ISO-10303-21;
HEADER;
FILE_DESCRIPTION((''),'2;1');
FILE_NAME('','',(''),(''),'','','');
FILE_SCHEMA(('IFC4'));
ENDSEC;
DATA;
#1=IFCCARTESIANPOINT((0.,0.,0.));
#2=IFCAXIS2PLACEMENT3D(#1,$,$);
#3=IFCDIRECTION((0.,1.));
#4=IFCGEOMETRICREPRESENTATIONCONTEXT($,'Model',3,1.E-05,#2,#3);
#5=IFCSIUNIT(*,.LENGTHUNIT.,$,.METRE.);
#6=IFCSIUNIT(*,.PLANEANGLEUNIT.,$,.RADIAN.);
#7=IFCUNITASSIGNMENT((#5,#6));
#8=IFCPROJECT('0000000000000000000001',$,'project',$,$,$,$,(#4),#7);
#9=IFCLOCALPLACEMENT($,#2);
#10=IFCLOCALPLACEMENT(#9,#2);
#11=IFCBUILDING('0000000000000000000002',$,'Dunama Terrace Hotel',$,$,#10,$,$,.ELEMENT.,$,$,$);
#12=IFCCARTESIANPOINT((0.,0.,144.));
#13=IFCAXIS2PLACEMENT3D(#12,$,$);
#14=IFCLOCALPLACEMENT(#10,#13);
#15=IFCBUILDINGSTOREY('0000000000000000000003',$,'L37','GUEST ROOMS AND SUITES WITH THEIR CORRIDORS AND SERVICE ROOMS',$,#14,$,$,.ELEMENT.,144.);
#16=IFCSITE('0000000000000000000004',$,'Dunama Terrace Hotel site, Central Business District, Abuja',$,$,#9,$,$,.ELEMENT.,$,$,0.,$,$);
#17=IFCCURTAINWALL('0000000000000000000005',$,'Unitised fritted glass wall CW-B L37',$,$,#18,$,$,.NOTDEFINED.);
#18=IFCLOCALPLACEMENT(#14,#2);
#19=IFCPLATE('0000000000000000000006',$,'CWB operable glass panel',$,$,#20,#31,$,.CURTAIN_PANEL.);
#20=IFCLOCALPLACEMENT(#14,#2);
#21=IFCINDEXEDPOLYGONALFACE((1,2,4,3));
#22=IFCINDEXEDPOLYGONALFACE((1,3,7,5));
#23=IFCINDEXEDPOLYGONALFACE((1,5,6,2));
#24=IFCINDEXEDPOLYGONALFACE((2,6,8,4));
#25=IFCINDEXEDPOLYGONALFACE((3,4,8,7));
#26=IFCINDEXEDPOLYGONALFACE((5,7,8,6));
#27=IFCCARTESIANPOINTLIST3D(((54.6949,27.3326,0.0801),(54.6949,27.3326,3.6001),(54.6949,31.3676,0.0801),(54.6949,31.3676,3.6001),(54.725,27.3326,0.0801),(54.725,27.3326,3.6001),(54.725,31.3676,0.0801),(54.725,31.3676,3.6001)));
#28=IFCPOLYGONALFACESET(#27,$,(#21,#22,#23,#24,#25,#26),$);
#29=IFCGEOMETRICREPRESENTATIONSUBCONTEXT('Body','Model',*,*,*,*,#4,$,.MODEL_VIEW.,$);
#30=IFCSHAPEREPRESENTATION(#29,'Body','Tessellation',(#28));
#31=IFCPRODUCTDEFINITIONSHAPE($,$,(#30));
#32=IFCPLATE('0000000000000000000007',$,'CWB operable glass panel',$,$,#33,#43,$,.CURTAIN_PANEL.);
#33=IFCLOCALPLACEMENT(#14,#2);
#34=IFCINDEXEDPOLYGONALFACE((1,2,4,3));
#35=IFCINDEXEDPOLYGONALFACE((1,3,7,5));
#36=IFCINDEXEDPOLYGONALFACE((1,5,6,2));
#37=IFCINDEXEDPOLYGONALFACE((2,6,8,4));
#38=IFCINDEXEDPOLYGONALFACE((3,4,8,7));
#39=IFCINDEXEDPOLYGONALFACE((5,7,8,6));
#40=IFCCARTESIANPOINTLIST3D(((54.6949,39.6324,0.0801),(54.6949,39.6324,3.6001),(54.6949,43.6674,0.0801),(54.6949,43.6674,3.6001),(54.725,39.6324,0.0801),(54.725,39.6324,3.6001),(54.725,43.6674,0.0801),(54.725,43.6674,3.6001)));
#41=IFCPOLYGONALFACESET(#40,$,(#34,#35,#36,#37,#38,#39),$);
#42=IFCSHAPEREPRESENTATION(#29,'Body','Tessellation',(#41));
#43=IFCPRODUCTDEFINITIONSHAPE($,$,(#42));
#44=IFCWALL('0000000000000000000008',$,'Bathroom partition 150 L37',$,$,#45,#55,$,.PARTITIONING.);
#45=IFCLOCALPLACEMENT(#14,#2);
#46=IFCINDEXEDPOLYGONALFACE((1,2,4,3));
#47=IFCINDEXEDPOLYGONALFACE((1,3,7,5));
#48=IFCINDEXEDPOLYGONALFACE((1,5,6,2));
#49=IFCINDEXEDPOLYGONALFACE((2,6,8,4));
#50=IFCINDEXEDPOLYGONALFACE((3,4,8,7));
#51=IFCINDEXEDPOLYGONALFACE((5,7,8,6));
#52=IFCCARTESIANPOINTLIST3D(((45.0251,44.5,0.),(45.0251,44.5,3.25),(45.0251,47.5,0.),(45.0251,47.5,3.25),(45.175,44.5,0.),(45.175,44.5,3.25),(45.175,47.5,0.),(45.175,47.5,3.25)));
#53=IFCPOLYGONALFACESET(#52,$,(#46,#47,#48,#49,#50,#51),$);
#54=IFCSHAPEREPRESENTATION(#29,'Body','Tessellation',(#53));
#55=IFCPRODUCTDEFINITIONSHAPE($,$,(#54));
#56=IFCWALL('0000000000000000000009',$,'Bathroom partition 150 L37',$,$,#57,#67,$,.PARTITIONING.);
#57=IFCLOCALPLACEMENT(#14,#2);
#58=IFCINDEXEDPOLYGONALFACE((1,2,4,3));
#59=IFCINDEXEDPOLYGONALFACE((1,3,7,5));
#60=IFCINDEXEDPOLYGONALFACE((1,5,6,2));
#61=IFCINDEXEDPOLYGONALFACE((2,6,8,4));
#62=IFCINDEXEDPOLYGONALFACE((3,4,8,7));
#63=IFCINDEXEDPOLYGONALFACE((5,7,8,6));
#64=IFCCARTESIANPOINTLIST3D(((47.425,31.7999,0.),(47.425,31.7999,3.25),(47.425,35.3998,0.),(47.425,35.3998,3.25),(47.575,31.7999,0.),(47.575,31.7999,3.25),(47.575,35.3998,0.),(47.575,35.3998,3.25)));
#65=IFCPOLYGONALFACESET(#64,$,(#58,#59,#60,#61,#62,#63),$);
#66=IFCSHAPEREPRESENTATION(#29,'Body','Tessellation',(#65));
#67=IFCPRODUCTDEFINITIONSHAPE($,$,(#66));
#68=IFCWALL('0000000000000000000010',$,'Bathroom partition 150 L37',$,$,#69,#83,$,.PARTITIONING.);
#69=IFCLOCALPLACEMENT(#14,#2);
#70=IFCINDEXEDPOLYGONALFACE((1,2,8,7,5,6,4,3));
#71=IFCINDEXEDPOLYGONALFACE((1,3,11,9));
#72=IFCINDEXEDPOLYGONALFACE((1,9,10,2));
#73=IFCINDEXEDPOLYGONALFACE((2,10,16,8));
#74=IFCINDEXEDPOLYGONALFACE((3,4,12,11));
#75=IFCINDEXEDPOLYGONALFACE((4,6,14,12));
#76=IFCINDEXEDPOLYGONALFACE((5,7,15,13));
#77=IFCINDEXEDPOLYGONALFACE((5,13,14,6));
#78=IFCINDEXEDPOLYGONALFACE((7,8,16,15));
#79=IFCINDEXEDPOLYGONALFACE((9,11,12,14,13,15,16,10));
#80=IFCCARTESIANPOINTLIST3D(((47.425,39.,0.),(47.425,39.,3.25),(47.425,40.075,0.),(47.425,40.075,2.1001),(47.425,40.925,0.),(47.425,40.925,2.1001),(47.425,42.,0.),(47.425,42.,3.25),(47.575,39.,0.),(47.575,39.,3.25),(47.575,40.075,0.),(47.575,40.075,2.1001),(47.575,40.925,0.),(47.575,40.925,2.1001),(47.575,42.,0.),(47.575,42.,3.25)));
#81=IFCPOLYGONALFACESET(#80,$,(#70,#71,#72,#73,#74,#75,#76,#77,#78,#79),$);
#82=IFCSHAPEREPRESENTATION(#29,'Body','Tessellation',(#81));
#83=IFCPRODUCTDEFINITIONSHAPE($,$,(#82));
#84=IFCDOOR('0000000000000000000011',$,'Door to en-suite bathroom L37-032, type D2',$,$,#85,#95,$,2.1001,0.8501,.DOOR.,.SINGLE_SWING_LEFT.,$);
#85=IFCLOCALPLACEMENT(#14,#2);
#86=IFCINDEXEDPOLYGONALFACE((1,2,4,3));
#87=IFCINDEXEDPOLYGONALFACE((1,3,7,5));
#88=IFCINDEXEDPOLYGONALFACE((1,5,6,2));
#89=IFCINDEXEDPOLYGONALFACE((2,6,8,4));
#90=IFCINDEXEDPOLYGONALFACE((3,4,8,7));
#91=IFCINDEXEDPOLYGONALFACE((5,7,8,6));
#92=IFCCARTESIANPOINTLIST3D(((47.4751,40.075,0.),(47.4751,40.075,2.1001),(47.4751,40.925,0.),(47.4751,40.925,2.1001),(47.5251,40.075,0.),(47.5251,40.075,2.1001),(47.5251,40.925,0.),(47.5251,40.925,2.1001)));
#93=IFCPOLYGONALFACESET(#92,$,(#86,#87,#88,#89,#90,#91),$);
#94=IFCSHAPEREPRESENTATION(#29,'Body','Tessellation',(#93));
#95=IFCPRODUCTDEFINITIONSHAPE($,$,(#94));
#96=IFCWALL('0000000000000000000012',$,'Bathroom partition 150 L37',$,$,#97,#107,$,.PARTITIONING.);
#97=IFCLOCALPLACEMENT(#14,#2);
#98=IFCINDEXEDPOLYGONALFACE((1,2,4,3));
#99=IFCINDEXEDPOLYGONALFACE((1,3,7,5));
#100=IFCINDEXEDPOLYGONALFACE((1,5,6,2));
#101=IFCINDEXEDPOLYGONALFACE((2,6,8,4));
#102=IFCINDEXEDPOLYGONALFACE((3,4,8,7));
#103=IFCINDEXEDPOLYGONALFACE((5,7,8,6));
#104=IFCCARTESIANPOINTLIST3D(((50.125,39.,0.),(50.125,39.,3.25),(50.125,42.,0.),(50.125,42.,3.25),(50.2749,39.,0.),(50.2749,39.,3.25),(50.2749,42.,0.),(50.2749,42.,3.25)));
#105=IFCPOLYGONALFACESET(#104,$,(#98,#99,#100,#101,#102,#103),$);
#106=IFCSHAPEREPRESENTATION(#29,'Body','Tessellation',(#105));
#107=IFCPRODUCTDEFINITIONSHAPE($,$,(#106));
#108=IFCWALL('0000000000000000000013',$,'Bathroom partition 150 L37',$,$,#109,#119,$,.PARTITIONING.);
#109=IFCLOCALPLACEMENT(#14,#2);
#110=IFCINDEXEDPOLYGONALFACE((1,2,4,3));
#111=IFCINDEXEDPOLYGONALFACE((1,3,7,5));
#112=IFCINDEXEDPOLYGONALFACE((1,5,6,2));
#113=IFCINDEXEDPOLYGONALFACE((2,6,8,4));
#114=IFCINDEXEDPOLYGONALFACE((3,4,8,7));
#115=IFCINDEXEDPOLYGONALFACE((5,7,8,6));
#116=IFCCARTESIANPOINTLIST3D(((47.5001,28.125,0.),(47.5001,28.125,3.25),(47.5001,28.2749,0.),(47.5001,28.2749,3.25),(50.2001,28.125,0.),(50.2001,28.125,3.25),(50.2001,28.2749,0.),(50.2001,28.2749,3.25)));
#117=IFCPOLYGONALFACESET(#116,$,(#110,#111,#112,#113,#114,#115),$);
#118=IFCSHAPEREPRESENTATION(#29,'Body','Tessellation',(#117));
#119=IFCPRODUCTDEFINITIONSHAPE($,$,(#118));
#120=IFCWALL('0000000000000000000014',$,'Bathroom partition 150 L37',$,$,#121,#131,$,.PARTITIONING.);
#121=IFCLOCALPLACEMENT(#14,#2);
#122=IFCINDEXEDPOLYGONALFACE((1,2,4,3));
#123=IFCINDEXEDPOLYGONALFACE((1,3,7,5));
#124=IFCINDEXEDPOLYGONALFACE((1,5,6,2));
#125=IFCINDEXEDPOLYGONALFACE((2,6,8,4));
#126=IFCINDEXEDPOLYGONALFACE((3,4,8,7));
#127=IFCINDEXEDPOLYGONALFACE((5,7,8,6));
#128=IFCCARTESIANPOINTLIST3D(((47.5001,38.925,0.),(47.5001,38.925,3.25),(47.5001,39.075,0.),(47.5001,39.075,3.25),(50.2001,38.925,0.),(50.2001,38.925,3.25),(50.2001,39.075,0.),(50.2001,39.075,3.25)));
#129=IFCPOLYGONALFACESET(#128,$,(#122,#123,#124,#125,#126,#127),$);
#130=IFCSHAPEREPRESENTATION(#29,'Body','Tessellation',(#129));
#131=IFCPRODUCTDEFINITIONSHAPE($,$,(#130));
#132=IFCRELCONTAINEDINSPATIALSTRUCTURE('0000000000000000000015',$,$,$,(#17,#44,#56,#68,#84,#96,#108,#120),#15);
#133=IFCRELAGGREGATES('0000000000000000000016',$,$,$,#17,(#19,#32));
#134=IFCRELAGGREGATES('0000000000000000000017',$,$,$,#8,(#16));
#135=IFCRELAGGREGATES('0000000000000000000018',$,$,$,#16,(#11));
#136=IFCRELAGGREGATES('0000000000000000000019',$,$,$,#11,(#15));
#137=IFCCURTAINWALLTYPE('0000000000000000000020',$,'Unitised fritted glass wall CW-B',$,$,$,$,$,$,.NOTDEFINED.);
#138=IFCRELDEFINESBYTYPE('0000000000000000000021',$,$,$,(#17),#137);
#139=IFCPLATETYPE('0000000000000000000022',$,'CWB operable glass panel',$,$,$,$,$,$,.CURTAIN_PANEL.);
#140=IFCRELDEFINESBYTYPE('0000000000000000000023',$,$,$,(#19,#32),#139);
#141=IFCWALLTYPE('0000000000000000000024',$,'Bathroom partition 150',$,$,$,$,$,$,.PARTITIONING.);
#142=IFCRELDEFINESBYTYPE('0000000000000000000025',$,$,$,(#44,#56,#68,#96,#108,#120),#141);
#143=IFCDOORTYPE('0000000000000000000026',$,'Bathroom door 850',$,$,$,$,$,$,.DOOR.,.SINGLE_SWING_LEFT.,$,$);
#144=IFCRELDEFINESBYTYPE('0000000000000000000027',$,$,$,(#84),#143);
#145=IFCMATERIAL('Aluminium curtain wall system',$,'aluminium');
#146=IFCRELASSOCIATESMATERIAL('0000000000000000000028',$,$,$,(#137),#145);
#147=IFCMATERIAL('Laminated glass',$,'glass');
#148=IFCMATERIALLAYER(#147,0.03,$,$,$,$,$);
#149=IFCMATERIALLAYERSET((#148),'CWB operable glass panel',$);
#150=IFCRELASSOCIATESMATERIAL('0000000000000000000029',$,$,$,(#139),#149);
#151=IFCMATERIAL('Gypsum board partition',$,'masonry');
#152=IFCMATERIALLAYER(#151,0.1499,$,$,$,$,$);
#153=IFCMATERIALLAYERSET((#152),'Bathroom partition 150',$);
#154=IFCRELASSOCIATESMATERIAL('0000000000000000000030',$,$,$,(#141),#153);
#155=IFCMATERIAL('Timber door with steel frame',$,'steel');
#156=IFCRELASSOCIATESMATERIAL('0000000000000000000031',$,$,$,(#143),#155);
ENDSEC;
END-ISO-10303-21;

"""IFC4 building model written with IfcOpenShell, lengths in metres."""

from ifc_helpers import new_model, si_unit, direction, frame, frame_2d, origin, origin_2d, place, context, subcontext, project, spatial, rectangle, extrude, material, layer, layer_set, type_object, element, fill, aggregate, save


model = new_model("IFC4")

# Units and contexts
model_context = context("Model", 3, precision=1e-05, world=origin(), true_north=direction((0.0, 1.0)))
body_context = subcontext(model_context, "Body", "Model", "MODEL_VIEW")
ifc_project = project(units=[si_unit("LENGTHUNIT", "METRE"), si_unit("PLANEANGLEUNIT", "RADIAN")], contexts=[model_context])

# Site, building, storey
site_placement = place(None, origin())
site = spatial("IfcSite", under=ifc_project, at=site_placement, Name="Dunama Terrace Hotel site, Central Business District, Abuja", CompositionType="ELEMENT", RefElevation=0.0)
building_placement = place(site_placement, origin())
building = spatial("IfcBuilding", under=site, at=building_placement, Name="Dunama Terrace Hotel", CompositionType="ELEMENT")
storey_placement = place(building_placement, frame((0.0, 0.0, 144.0)))
storey = spatial("IfcBuildingStorey", under=building, at=storey_placement, Name="L37", Description="GUEST ROOMS AND SUITES WITH THEIR CORRIDORS AND SERVICE ROOMS", CompositionType="ELEMENT", Elevation=144.0)

# Curtain wall
ifc_material_1 = material(Name="Aluminium curtain wall system", Category="aluminium")
curtain_wall_type = type_object("IfcCurtainWallType", Name="Unitised fritted glass wall CW-B", PredefinedType="NOTDEFINED", material=ifc_material_1)
curtain_wall_placement = place(storey_placement, origin())
curtain_wall = element("IfcCurtainWall", 1, at=curtain_wall_placement, inside=storey, type_object=curtain_wall_type, Name="Unitised fritted glass wall CW-B L37", PredefinedType="NOTDEFINED")

# Plates
ifc_material_2 = material(Name="Laminated glass", Category="glass")
ifc_layer_1 = layer(ifc_material_2, 0.03)
ifc_layer_set_1 = layer_set([ifc_layer_1], Name="CWB operable glass panel")
plate_type_1 = type_object("IfcPlateType", Name="CWB operable glass panel", PredefinedType="CURTAIN_PANEL", material=ifc_layer_set_1)
plate_1_placement = place(storey_placement, frame((54.71, 29.3501, 0.0801), z_axis=(0.0, 0.0, 1.0), x_axis=(0.0, 1.0, 0.0)))
plate_1 = element("IfcPlate", 2, at=plate_1_placement, type_object=plate_type_1, Name="CWB operable glass panel", PredefinedType="CURTAIN_PANEL", context=body_context, shape_type="SweptSolid", body=[
    extrude(rectangle(XDim=4.0349, YDim=0.03, at=origin_2d()), origin(), (0.0, 0.0, 1.0), 3.52),
])
plate_2_placement = place(storey_placement, frame((54.71, 41.6499, 0.0801), z_axis=(0.0, 0.0, 1.0), x_axis=(0.0, 1.0, 0.0)))
plate_2 = element("IfcPlate", 3, at=plate_2_placement, type_object=plate_type_1, Name="CWB operable glass panel", PredefinedType="CURTAIN_PANEL", context=body_context, shape_type="SweptSolid", body=[
    extrude(rectangle(XDim=4.0349, YDim=0.03, at=origin_2d()), origin(), (0.0, 0.0, 1.0), 3.52),
])
aggregate(curtain_wall, [plate_1, plate_2])

# Walls
ifc_material_3 = material(Name="Gypsum board partition", Category="masonry")
ifc_layer_2 = layer(ifc_material_3, 0.1499)
ifc_layer_set_2 = layer_set([ifc_layer_2], Name="Bathroom partition 150")
wall_type_1 = type_object("IfcWallType", Name="Bathroom partition 150", PredefinedType="PARTITIONING", material=ifc_layer_set_2)
wall_1_placement = place(storey_placement, frame((45.1001, 44.5, 0.0), z_axis=(0.0, 0.0, 1.0), x_axis=(0.0, 1.0, 0.0)))
element("IfcWall", 4, at=wall_1_placement, inside=storey, type_object=wall_type_1, Name="Bathroom partition 150 L37", PredefinedType="PARTITIONING", context=body_context, shape_type="SweptSolid", body=[
    extrude(rectangle(XDim=3.0, YDim=0.1499, at=frame_2d((1.5, 0.0))), origin(), (0.0, 0.0, 1.0), 3.25),
])
wall_2_placement = place(storey_placement, frame((47.5, 31.8, 0.0), z_axis=(0.0, 0.0, 1.0), x_axis=(0.0, 1.0, 0.0)))
element("IfcWall", 5, at=wall_2_placement, inside=storey, type_object=wall_type_1, Name="Bathroom partition 150 L37", PredefinedType="PARTITIONING", context=body_context, shape_type="SweptSolid", body=[
    extrude(rectangle(XDim=3.5999, YDim=0.1499, at=frame_2d((1.7998, 0.0))), origin(), (0.0, 0.0, 1.0), 3.25),
])

# Wall, opening, door
wall_3_placement = place(storey_placement, frame((47.5, 39.0, 0.0), z_axis=(0.0, 0.0, 1.0), x_axis=(0.0, 1.0, 0.0)))
wall_3 = element("IfcWall", 6, at=wall_3_placement, inside=storey, type_object=wall_type_1, Name="Bathroom partition 150 L37", PredefinedType="PARTITIONING", context=body_context, shape_type="SweptSolid", body=[
    extrude(rectangle(XDim=3.0, YDim=0.1499, at=frame_2d((1.5, 0.0))), origin(), (0.0, 0.0, 1.0), 3.25),
])
opening_1_placement = place(wall_3_placement, frame((1.075, 0.0, 0.0)))
opening_1 = element("IfcOpeningElement", 7, at=opening_1_placement, cuts=wall_3, PredefinedType="OPENING", context=body_context, shape_type="SweptSolid", body=[
    extrude(rectangle(XDim=0.8501, YDim=2.1001, at=frame_2d((0.425, 1.05))), frame((0.0, 0.085, 0.0), z_axis=(0.0, -1.0, 0.0), x_axis=(1.0, 0.0, 0.0)), (0.0, 0.0, 1.0), 0.1699),
])
ifc_material_4 = material(Name="Timber door with steel frame", Category="steel")
door_type_1 = type_object("IfcDoorType", Name="Bathroom door 850", OperationType="SINGLE_SWING_LEFT", PredefinedType="DOOR", material=ifc_material_4)
door_1_placement = place(opening_1_placement, frame((0.8501, 0.0, 0.0), z_axis=(0.0, 0.0, 1.0), x_axis=(-1.0, 0.0, 0.0)))
door_1 = element("IfcDoor", 8, at=door_1_placement, inside=storey, type_object=door_type_1, Name="Door to en-suite bathroom L37-032, type D2", OperationType="SINGLE_SWING_LEFT", OverallHeight=2.1001, OverallWidth=0.8501, PredefinedType="DOOR", context=body_context, shape_type="SweptSolid", body=[
    extrude(rectangle(XDim=0.8501, YDim=2.1001, at=frame_2d((0.425, 1.05))), frame((0.0, 0.0251, 0.0), z_axis=(0.0, -1.0, 0.0), x_axis=(1.0, 0.0, 0.0)), (0.0, 0.0, 1.0), 0.05),
])
fill(opening_1, door_1)

# Walls
wall_4_placement = place(storey_placement, frame((50.2, 39.0, 0.0), z_axis=(0.0, 0.0, 1.0), x_axis=(0.0, 1.0, 0.0)))
element("IfcWall", 9, at=wall_4_placement, inside=storey, type_object=wall_type_1, Name="Bathroom partition 150 L37", PredefinedType="PARTITIONING", context=body_context, shape_type="SweptSolid", body=[
    extrude(rectangle(XDim=3.0, YDim=0.1499, at=frame_2d((1.5, 0.0))), origin(), (0.0, 0.0, 1.0), 3.25),
])
for number, where, z_axis, x_axis, name in (
    (10, (47.5, 28.2, 0.0), (0.0, 0.0, 1.0), (1.0, 0.0, 0.0), "Bathroom partition 150 L37"),
    (11, (47.5, 39.0, 0.0), (0.0, 0.0, 1.0), (1.0, 0.0, 0.0), "Bathroom partition 150 L37"),
):
    element("IfcWall", number, at=place(storey_placement, frame(where, z_axis=z_axis, x_axis=x_axis)), inside=storey, type_object=wall_type_1, Name=name, PredefinedType="PARTITIONING", context=body_context, shape_type="SweptSolid", body=[
        extrude(rectangle(XDim=2.7, YDim=0.1499, at=frame_2d((1.3501, 0.0))), origin(), (0.0, 0.0, 1.0), 3.25),
    ])

save(model, "model.ifc")
